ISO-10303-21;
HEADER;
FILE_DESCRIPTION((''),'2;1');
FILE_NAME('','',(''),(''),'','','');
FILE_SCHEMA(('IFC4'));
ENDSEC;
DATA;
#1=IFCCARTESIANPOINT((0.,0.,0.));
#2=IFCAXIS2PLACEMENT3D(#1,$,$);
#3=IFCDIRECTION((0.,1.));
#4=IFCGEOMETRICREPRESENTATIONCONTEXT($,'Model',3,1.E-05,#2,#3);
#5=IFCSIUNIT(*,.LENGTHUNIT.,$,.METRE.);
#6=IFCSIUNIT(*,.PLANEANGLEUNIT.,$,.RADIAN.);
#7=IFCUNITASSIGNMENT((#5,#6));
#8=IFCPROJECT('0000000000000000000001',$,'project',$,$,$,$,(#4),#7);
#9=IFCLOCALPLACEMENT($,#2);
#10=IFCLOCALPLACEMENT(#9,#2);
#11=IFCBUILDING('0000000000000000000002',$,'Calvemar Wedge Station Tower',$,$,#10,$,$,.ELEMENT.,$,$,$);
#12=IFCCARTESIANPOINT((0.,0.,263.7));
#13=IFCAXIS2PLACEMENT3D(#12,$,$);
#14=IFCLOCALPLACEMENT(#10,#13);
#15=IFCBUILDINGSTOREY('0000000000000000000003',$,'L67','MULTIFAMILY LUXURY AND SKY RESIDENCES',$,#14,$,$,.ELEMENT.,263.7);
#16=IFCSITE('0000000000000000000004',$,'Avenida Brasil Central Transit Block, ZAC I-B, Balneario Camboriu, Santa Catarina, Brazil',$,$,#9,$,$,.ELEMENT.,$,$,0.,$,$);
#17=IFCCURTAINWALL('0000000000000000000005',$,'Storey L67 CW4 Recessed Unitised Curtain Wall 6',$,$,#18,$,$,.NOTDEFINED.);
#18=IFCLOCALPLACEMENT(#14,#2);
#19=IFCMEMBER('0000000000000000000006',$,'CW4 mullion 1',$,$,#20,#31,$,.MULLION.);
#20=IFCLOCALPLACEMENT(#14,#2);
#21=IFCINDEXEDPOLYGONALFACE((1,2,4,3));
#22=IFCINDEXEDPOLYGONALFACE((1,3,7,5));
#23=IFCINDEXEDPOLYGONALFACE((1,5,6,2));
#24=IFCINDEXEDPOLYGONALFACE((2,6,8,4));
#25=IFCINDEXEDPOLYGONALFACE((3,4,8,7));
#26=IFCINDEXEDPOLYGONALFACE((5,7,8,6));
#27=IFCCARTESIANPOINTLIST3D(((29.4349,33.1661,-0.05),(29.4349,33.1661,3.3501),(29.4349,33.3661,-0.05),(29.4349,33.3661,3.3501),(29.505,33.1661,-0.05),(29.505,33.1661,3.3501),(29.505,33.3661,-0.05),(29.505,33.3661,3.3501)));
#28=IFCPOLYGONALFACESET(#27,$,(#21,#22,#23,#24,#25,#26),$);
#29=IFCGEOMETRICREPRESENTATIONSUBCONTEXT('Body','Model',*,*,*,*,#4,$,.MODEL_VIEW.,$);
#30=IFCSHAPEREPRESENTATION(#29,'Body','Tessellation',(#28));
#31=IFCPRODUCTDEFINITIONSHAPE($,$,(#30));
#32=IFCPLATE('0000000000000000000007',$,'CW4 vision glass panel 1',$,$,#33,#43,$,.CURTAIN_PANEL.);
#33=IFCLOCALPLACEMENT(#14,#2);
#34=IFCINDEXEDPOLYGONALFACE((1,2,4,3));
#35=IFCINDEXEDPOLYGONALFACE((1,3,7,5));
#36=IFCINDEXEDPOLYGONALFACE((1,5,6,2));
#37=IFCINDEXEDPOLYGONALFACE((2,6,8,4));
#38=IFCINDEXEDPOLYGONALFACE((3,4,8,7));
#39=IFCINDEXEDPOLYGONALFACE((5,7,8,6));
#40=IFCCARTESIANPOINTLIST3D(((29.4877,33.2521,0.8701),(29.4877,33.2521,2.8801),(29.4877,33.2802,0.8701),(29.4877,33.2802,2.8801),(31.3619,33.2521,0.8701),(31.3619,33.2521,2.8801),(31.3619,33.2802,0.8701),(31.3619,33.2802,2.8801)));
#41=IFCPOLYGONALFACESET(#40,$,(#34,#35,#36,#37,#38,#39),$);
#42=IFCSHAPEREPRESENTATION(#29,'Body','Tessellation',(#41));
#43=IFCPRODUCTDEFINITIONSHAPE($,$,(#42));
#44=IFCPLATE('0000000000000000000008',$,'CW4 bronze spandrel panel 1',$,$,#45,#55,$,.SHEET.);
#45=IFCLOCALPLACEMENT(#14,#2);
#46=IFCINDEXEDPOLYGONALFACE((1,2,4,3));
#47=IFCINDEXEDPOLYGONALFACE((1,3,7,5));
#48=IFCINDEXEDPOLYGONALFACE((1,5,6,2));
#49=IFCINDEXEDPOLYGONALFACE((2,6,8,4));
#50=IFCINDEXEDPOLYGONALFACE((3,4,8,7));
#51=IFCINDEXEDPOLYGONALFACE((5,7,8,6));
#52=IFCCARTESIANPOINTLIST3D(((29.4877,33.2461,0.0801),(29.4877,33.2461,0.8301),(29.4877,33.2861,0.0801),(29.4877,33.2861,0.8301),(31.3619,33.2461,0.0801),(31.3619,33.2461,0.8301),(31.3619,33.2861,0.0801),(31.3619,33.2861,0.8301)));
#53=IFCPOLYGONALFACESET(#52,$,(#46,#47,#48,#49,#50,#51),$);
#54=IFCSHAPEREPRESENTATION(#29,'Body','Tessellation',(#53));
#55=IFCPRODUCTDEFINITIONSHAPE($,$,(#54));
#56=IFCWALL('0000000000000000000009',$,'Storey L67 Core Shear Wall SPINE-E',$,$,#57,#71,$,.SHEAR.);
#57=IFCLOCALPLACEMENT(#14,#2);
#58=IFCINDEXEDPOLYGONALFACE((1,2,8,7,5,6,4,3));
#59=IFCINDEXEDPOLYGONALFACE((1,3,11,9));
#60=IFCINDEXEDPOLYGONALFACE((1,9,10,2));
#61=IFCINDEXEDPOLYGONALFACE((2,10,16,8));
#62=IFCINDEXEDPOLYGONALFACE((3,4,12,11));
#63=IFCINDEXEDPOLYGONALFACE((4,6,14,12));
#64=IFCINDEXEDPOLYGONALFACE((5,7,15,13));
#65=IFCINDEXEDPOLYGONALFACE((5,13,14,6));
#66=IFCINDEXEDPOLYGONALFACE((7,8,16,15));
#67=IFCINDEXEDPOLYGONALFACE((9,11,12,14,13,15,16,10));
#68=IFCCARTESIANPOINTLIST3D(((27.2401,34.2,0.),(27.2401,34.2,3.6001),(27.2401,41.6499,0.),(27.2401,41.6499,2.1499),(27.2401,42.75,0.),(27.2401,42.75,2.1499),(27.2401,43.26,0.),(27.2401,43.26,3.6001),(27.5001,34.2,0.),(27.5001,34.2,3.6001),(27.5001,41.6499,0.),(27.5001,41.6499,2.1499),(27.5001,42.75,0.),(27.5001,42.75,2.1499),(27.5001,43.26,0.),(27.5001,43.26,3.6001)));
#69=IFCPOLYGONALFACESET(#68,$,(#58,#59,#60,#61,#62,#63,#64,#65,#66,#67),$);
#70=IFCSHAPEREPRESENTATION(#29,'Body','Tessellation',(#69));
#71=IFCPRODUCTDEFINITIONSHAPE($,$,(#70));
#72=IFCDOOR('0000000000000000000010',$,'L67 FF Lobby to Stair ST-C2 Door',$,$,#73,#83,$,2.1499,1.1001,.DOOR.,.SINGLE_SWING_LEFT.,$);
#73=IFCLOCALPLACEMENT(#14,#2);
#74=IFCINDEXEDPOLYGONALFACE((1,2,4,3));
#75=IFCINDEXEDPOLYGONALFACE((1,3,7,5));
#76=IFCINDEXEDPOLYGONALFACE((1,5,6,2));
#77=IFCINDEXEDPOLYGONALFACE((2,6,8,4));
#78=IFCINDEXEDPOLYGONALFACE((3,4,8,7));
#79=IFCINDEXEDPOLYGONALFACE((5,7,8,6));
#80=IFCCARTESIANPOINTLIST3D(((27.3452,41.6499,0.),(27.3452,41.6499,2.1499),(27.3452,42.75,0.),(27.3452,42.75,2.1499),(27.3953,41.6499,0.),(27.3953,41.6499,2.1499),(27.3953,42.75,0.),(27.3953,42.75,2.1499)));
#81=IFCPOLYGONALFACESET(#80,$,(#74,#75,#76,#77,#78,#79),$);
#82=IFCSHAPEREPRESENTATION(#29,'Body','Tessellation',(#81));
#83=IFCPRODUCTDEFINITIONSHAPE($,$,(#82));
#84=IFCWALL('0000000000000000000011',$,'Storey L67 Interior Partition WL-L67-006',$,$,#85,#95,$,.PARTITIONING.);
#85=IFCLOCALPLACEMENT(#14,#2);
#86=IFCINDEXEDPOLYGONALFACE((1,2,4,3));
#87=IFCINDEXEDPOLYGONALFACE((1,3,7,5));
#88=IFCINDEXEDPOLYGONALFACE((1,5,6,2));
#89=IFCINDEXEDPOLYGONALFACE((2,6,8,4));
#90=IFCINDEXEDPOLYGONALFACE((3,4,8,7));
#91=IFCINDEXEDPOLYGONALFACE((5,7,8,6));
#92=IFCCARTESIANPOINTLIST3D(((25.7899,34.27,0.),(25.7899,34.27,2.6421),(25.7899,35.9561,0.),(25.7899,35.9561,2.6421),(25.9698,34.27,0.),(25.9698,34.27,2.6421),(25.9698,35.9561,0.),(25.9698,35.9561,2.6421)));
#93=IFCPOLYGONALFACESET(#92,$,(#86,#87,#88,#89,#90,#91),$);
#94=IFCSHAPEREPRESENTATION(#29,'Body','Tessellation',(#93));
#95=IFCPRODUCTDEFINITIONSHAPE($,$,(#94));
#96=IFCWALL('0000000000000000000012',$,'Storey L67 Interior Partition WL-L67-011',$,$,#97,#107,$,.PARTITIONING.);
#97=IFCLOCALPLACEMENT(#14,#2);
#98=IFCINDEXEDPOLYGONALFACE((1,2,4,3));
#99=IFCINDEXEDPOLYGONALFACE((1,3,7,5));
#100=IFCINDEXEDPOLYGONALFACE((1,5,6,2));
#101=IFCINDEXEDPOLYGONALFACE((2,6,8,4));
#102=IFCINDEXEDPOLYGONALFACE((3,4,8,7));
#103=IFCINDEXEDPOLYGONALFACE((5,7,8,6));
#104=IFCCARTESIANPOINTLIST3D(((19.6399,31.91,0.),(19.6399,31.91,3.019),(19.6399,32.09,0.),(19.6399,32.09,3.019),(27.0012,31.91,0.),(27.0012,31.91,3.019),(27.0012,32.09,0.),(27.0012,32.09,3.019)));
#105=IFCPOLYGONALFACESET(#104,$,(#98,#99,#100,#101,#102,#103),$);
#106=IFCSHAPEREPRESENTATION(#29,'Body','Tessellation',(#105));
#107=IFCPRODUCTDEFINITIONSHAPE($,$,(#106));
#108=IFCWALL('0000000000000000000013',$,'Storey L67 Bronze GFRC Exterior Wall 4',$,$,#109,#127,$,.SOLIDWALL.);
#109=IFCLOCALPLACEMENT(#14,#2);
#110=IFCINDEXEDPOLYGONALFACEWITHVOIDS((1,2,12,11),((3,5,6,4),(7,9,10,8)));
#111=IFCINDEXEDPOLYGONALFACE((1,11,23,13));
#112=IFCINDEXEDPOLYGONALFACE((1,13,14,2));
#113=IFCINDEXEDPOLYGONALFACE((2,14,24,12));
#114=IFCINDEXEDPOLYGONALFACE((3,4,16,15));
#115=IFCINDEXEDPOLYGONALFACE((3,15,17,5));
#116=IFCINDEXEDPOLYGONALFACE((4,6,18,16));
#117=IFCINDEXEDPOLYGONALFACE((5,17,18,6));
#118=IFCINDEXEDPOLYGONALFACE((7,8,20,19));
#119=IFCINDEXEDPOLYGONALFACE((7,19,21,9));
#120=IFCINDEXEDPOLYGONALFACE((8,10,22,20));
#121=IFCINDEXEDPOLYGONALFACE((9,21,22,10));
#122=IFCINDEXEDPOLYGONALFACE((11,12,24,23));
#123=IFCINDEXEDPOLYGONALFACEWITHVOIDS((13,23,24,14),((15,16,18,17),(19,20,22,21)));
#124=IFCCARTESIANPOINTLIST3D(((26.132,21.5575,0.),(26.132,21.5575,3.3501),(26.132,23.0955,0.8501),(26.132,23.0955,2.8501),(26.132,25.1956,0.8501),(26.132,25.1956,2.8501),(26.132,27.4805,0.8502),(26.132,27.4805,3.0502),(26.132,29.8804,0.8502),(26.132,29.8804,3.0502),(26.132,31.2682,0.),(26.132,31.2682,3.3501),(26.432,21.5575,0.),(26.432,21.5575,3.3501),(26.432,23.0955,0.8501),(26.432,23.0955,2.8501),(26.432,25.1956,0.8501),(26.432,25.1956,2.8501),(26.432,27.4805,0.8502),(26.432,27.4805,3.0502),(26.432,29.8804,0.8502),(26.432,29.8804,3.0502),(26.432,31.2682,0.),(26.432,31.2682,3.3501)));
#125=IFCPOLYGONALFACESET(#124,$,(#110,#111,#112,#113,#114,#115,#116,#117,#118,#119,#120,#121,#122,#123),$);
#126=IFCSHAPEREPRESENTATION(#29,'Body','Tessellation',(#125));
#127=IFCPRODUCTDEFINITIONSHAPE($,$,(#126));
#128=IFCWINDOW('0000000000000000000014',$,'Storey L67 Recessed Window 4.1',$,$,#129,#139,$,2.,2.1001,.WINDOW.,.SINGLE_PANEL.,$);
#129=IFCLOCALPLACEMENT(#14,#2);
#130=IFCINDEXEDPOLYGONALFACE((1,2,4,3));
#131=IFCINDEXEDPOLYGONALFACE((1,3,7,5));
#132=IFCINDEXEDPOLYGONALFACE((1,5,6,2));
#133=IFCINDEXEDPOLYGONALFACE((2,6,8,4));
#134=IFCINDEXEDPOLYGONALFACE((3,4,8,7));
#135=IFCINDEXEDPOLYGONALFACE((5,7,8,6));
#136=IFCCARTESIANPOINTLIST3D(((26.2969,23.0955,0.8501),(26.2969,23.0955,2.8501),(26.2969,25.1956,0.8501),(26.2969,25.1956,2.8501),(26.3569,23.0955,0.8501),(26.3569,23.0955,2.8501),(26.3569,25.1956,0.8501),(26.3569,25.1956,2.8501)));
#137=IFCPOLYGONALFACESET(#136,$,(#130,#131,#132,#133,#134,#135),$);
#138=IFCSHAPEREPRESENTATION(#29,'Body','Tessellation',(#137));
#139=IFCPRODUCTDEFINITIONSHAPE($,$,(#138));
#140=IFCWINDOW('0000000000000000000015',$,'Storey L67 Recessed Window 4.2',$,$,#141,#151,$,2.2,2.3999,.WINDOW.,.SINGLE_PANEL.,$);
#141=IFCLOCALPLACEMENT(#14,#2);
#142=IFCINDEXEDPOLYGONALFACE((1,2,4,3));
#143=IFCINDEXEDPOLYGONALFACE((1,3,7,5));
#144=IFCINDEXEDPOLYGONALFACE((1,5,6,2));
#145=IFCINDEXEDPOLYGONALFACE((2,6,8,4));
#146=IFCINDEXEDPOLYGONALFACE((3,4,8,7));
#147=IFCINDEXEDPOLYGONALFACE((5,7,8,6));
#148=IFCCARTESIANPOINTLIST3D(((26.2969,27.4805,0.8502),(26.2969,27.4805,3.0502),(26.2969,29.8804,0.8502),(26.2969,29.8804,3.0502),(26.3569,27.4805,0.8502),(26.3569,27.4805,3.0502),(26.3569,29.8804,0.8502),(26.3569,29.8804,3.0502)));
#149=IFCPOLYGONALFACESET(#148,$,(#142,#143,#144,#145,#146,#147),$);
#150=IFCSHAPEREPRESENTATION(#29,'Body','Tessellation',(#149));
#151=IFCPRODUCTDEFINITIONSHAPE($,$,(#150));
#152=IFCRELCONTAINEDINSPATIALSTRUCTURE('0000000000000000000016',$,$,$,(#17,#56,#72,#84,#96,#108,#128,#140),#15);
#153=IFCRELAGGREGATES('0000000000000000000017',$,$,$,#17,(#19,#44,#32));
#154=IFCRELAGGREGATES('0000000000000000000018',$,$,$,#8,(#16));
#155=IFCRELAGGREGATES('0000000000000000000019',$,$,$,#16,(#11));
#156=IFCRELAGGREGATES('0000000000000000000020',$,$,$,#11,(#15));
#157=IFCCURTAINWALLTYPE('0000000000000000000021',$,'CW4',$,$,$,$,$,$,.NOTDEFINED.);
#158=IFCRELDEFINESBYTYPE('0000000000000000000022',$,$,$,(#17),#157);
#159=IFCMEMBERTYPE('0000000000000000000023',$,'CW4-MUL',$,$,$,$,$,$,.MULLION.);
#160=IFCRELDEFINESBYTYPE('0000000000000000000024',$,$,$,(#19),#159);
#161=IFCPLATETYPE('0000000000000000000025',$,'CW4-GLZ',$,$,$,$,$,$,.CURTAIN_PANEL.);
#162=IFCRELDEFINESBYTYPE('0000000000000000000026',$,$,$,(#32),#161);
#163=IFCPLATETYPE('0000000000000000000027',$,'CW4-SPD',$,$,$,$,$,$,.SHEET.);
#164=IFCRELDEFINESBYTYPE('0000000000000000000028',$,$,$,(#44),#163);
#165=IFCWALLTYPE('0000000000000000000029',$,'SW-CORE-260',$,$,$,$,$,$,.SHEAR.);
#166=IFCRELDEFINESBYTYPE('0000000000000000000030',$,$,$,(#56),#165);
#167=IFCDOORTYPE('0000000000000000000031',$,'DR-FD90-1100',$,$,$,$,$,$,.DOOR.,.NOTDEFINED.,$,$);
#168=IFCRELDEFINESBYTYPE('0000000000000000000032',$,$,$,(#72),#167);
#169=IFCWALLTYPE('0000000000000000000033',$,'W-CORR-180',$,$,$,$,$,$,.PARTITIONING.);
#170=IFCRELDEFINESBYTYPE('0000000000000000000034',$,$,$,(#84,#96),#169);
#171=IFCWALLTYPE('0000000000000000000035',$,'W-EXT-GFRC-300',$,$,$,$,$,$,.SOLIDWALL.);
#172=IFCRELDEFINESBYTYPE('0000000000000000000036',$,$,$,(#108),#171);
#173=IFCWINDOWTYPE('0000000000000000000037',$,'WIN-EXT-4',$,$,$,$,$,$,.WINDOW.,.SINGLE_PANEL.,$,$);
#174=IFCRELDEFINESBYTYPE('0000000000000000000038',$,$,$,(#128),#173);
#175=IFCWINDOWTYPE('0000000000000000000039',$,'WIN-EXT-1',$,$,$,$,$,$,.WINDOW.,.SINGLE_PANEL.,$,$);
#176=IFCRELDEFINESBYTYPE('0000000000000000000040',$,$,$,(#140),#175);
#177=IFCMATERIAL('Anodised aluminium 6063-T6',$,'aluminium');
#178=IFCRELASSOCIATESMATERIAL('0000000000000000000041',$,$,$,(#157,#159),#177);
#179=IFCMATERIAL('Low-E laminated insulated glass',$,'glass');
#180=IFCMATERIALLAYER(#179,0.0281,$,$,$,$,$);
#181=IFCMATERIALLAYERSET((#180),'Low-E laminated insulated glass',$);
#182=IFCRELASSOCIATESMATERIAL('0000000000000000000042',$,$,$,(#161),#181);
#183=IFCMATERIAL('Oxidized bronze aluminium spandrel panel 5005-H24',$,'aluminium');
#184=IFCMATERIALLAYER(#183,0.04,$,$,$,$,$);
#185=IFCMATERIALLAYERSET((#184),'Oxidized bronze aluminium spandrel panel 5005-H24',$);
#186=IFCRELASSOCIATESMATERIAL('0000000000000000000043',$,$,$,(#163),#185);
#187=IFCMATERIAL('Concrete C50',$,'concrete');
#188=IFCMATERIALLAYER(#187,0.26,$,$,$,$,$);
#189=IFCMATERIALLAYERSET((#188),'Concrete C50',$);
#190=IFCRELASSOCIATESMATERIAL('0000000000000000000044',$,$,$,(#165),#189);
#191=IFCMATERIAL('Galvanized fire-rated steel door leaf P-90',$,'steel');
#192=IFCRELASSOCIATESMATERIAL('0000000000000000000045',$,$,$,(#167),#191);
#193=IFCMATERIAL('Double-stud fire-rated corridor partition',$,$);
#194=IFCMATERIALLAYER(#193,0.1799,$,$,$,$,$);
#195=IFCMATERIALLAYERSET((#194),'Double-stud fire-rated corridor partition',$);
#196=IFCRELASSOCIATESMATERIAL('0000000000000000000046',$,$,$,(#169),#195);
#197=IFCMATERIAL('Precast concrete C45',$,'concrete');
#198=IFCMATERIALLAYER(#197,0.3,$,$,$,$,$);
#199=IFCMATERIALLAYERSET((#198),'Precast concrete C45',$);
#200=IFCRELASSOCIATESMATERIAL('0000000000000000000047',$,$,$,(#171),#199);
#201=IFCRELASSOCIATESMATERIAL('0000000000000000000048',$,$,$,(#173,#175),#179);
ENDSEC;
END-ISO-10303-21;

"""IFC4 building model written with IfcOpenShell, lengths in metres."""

from ifc_helpers import new_model, si_unit, direction, frame, frame_2d, origin, origin_2d, place, context, subcontext, project, spatial, rectangle, extrude, source, transform, mapped, material, layer, layer_set, material_profile, profile_set, type_object, element, fill, aggregate, save


model = new_model("IFC4")

# Units and contexts
model_context = context("Model", 3, precision=1e-05, world=origin(), true_north=direction((0.0, 1.0)))
body_context = subcontext(model_context, "Body", "Model", "MODEL_VIEW")
ifc_project = project(units=[si_unit("LENGTHUNIT", "METRE"), si_unit("PLANEANGLEUNIT", "RADIAN")], contexts=[model_context])

# Site, building, storey
site_placement = place(None, origin())
site = spatial("IfcSite", under=ifc_project, at=site_placement, Name="Avenida Brasil Central Transit Block, ZAC I-B, Balneario Camboriu, Santa Catarina, Brazil", CompositionType="ELEMENT", RefElevation=0.0)
building_placement = place(site_placement, origin())
building = spatial("IfcBuilding", under=site, at=building_placement, Name="Calvemar Wedge Station Tower", CompositionType="ELEMENT")
storey_placement = place(building_placement, frame((0.0, 0.0, 263.7)))
storey = spatial("IfcBuildingStorey", under=building, at=storey_placement, Name="L67", Description="MULTIFAMILY LUXURY AND SKY RESIDENCES", CompositionType="ELEMENT", Elevation=263.7)

# Shared definitions
ifc_material_1 = material(Name="Concrete C50", Category="concrete")

# Curtain wall, member, plates
ifc_material_2 = material(Name="Anodised aluminium 6063-T6", Category="aluminium")
curtain_wall_type = type_object("IfcCurtainWallType", Name="CW4", PredefinedType="NOTDEFINED", material=ifc_material_2)
curtain_wall_placement = place(storey_placement, origin())
curtain_wall = element("IfcCurtainWall", 1, at=curtain_wall_placement, inside=storey, type_object=curtain_wall_type, Name="Storey L67 CW4 Recessed Unitised Curtain Wall 6", PredefinedType="NOTDEFINED")
ifc_material_profile_1 = material_profile(ifc_material_2, rectangle(XDim=0.0701, YDim=0.2, at=origin_2d()), Name="AL-MUL-70x200")
ifc_profile_set_1 = profile_set([ifc_material_profile_1], Name="Anodised aluminium 6063-T6")
member_type_1 = type_object("IfcMemberType", Name="CW4-MUL", PredefinedType="MULLION", material=ifc_profile_set_1)
shared_shape_1 = source(origin(), body_context, "Body", "SweptSolid", [
    extrude(rectangle(XDim=0.0701, YDim=0.2, at=origin_2d()), origin(), (0.0, 0.0, 1.0), 3.4001),
])
member_1_placement = place(storey_placement, frame((29.47, 33.2661, -0.05), z_axis=(0.0, 0.0, 1.0), x_axis=(1.0, 0.0, 0.0)))
member_1 = element("IfcMember", 2, at=member_1_placement, type_object=member_type_1, Name="CW4 mullion 1", PredefinedType="MULLION", context=body_context, shape_type="MappedRepresentation", body=[
    mapped(shared_shape_1, transform((0.0, 0.0, 0.0), scale=1.0)),
])
ifc_material_3 = material(Name="Low-E laminated insulated glass", Category="glass")
ifc_layer_1 = layer(ifc_material_3, 0.0281)
ifc_layer_set_1 = layer_set([ifc_layer_1], Name="Low-E laminated insulated glass")
plate_type_1 = type_object("IfcPlateType", Name="CW4-GLZ", PredefinedType="CURTAIN_PANEL", material=ifc_layer_set_1)
plate_1_placement = place(storey_placement, frame((29.4878, 33.2661, 0.8701), z_axis=(0.0, 0.0, 1.0), x_axis=(1.0, 0.0, 0.0)))
plate_1 = element("IfcPlate", 3, at=plate_1_placement, type_object=plate_type_1, Name="CW4 vision glass panel 1", PredefinedType="CURTAIN_PANEL", context=body_context, shape_type="SweptSolid", body=[
    extrude(rectangle(XDim=1.8743, YDim=0.0281, at=frame_2d((0.937, 0.0))), origin(), (0.0, 0.0, 1.0), 2.01),
])
ifc_material_4 = material(Name="Oxidized bronze aluminium spandrel panel 5005-H24", Category="aluminium")
ifc_layer_2 = layer(ifc_material_4, 0.04)
ifc_layer_set_2 = layer_set([ifc_layer_2], Name="Oxidized bronze aluminium spandrel panel 5005-H24")
plate_type_2 = type_object("IfcPlateType", Name="CW4-SPD", PredefinedType="SHEET", material=ifc_layer_set_2)
plate_2_placement = place(storey_placement, frame((29.4878, 33.2661, 0.0801), z_axis=(0.0, 0.0, 1.0), x_axis=(1.0, 0.0, 0.0)))
plate_2 = element("IfcPlate", 4, at=plate_2_placement, type_object=plate_type_2, Name="CW4 bronze spandrel panel 1", PredefinedType="SHEET", context=body_context, shape_type="SweptSolid", body=[
    extrude(rectangle(XDim=1.8743, YDim=0.04, at=frame_2d((0.937, 0.0))), origin(), (0.0, 0.0, 1.0), 0.75),
])
aggregate(curtain_wall, [member_1, plate_2, plate_1])

# Wall, opening, door
ifc_layer_3 = layer(ifc_material_1, 0.26)
ifc_layer_set_3 = layer_set([ifc_layer_3], Name="Concrete C50")
wall_type_1 = type_object("IfcWallType", Name="SW-CORE-260", PredefinedType="SHEAR", material=ifc_layer_set_3)
wall_1_placement = place(storey_placement, frame((27.3701, 34.2, 0.0), z_axis=(0.0, 0.0, 1.0), x_axis=(0.0, 1.0, 0.0)))
wall_1 = element("IfcWall", 5, at=wall_1_placement, inside=storey, type_object=wall_type_1, Name="Storey L67 Core Shear Wall SPINE-E", PredefinedType="SHEAR", context=body_context, shape_type="SweptSolid", body=[
    extrude(rectangle(XDim=9.0601, YDim=0.26, at=frame_2d((4.53, 0.0))), origin(), (0.0, 0.0, 1.0), 3.6001),
])
shared_shape_2 = source(origin(), body_context, "Body", "SweptSolid", [
    extrude(rectangle(XDim=1.1001, YDim=2.1499, at=frame_2d((0.55, 1.075))), frame((0.0, 0.1401, 0.0), z_axis=(0.0, -1.0, 0.0), x_axis=(1.0, 0.0, 0.0)), (0.0, 0.0, 1.0), 0.28),
])
opening_1_placement = place(wall_1_placement, frame((7.45, 0.0, 0.0)))
opening_1 = element("IfcOpeningElement", 6, at=opening_1_placement, cuts=wall_1, PredefinedType="OPENING", context=body_context, shape_type="MappedRepresentation", body=[
    mapped(shared_shape_2, transform((0.0, 0.0, 0.0), scale=1.0)),
])
ifc_material_5 = material(Name="Galvanized fire-rated steel door leaf P-90", Category="steel")
door_type = type_object("IfcDoorType", Name="DR-FD90-1100", OperationType="NOTDEFINED", PredefinedType="DOOR", material=ifc_material_5)
shared_shape_3 = source(origin(), body_context, "Body", "SweptSolid", [
    extrude(rectangle(XDim=1.1001, YDim=2.1499, at=frame_2d((0.55, 1.075))), frame((0.0, 0.0249, 0.0), z_axis=(0.0, -1.0, 0.0), x_axis=(1.0, 0.0, 0.0)), (0.0, 0.0, 1.0), 0.05),
])
door_1_placement = place(opening_1_placement, origin())
door_1 = element("IfcDoor", 7, at=door_1_placement, inside=storey, type_object=door_type, Name="L67 FF Lobby to Stair ST-C2 Door", OperationType="SINGLE_SWING_LEFT", OverallHeight=2.1499, OverallWidth=1.1001, PredefinedType="DOOR", context=body_context, shape_type="MappedRepresentation", body=[
    mapped(shared_shape_3, transform((0.0, 0.0, 0.0), scale=1.0)),
])
fill(opening_1, door_1)

# Walls
ifc_material_6 = material(Name="Double-stud fire-rated corridor partition")
ifc_layer_4 = layer(ifc_material_6, 0.1799)
ifc_layer_set_4 = layer_set([ifc_layer_4], Name="Double-stud fire-rated corridor partition")
wall_type_2 = type_object("IfcWallType", Name="W-CORR-180", PredefinedType="PARTITIONING", material=ifc_layer_set_4)
wall_2_placement = place(storey_placement, frame((25.8799, 35.9561, 0.0), z_axis=(0.0, 0.0, 1.0), x_axis=(0.0, -1.0, 0.0)))
element("IfcWall", 8, at=wall_2_placement, inside=storey, type_object=wall_type_2, Name="Storey L67 Interior Partition WL-L67-006", PredefinedType="PARTITIONING", context=body_context, shape_type="SweptSolid", body=[
    extrude(rectangle(XDim=1.686, YDim=0.1799, at=frame_2d((0.843, 0.0))), origin(), (0.0, 0.0, 1.0), 2.6421),
])
wall_3_placement = place(storey_placement, frame((27.0012, 32.0, 0.0), z_axis=(0.0, 0.0, 1.0), x_axis=(-1.0, 0.0, 0.0)))
element("IfcWall", 9, at=wall_3_placement, inside=storey, type_object=wall_type_2, Name="Storey L67 Interior Partition WL-L67-011", PredefinedType="PARTITIONING", context=body_context, shape_type="SweptSolid", body=[
    extrude(rectangle(XDim=7.3613, YDim=0.1799, at=frame_2d((3.6807, 0.0))), origin(), (0.0, 0.0, 1.0), 3.019),
])

# Wall, openings, windows
ifc_material_7 = material(Name="Precast concrete C45", Category="concrete")
ifc_layer_5 = layer(ifc_material_7, 0.3)
ifc_layer_set_5 = layer_set([ifc_layer_5], Name="Precast concrete C45")
wall_type_3 = type_object("IfcWallType", Name="W-EXT-GFRC-300", PredefinedType="SOLIDWALL", material=ifc_layer_set_5)
wall_4_placement = place(storey_placement, frame((26.282, 21.5574, 0.0), z_axis=(0.0, 0.0, 1.0), x_axis=(0.0, 1.0, 0.0)))
wall_4 = element("IfcWall", 10, at=wall_4_placement, inside=storey, type_object=wall_type_3, Name="Storey L67 Bronze GFRC Exterior Wall 4", PredefinedType="SOLIDWALL", context=body_context, shape_type="SweptSolid", body=[
    extrude(rectangle(XDim=9.7107, YDim=0.3, at=frame_2d((4.8555, 0.0))), origin(), (0.0, 0.0, 1.0), 3.3501),
])
shared_shape_4 = source(origin(), body_context, "Body", "SweptSolid", [
    extrude(rectangle(XDim=2.1001, YDim=2.0, at=frame_2d((1.05, 1.0))), frame((0.0, 0.1602, 0.0), z_axis=(0.0, -1.0, 0.0), x_axis=(1.0, 0.0, 0.0)), (0.0, 0.0, 1.0), 0.3201),
])
opening_2_placement = place(wall_4_placement, frame((1.5381, 0.0, 0.8501)))
opening_2 = element("IfcOpeningElement", 11, at=opening_2_placement, cuts=wall_4, PredefinedType="OPENING", context=body_context, shape_type="MappedRepresentation", body=[
    mapped(shared_shape_4, transform((0.0, 0.0, 0.0), scale=1.0)),
])
shared_shape_5 = source(origin(), body_context, "Body", "SweptSolid", [
    extrude(rectangle(XDim=2.3999, YDim=2.2, at=frame_2d((1.2, 1.1001))), frame((0.0, 0.1602, 0.0), z_axis=(0.0, -1.0, 0.0), x_axis=(1.0, 0.0, 0.0)), (0.0, 0.0, 1.0), 0.3201),
])
opening_3_placement = place(wall_4_placement, frame((5.9231, 0.0, 0.8501)))
opening_3 = element("IfcOpeningElement", 12, at=opening_3_placement, cuts=wall_4, PredefinedType="OPENING", context=body_context, shape_type="MappedRepresentation", body=[
    mapped(shared_shape_5, transform((0.0, 0.0, 0.0), scale=1.0)),
])
window_type_1 = type_object("IfcWindowType", Name="WIN-EXT-4", PartitioningType="SINGLE_PANEL", PredefinedType="WINDOW", material=ifc_material_3)
shared_shape_6 = source(origin(), body_context, "Body", "SweptSolid", [
    extrude(rectangle(XDim=2.1001, YDim=2.0, at=frame_2d((1.05, 1.0))), frame((0.0, -0.0149, 0.0), z_axis=(0.0, -1.0, 0.0), x_axis=(1.0, 0.0, 0.0)), (0.0, 0.0, 1.0), 0.0601),
])
window_1_placement = place(opening_2_placement, origin())
window_1 = element("IfcWindow", 13, at=window_1_placement, inside=storey, type_object=window_type_1, Name="Storey L67 Recessed Window 4.1", OverallHeight=2.0, OverallWidth=2.1001, PartitioningType="SINGLE_PANEL", PredefinedType="WINDOW", context=body_context, shape_type="MappedRepresentation", body=[
    mapped(shared_shape_6, transform((0.0, 0.0, 0.0), scale=1.0)),
])
fill(opening_2, window_1)
window_type_2 = type_object("IfcWindowType", Name="WIN-EXT-1", PartitioningType="SINGLE_PANEL", PredefinedType="WINDOW", material=ifc_material_3)
shared_shape_7 = source(origin(), body_context, "Body", "SweptSolid", [
    extrude(rectangle(XDim=2.3999, YDim=2.2, at=frame_2d((1.2, 1.1001))), frame((0.0, -0.0149, 0.0), z_axis=(0.0, -1.0, 0.0), x_axis=(1.0, 0.0, 0.0)), (0.0, 0.0, 1.0), 0.0601),
])
window_2_placement = place(opening_3_placement, origin())
window_2 = element("IfcWindow", 14, at=window_2_placement, inside=storey, type_object=window_type_2, Name="Storey L67 Recessed Window 4.2", OverallHeight=2.2, OverallWidth=2.3999, PartitioningType="SINGLE_PANEL", PredefinedType="WINDOW", context=body_context, shape_type="MappedRepresentation", body=[
    mapped(shared_shape_7, transform((0.0, 0.0, 0.0), scale=1.0)),
])
fill(opening_3, window_2)

save(model, "model.ifc")
